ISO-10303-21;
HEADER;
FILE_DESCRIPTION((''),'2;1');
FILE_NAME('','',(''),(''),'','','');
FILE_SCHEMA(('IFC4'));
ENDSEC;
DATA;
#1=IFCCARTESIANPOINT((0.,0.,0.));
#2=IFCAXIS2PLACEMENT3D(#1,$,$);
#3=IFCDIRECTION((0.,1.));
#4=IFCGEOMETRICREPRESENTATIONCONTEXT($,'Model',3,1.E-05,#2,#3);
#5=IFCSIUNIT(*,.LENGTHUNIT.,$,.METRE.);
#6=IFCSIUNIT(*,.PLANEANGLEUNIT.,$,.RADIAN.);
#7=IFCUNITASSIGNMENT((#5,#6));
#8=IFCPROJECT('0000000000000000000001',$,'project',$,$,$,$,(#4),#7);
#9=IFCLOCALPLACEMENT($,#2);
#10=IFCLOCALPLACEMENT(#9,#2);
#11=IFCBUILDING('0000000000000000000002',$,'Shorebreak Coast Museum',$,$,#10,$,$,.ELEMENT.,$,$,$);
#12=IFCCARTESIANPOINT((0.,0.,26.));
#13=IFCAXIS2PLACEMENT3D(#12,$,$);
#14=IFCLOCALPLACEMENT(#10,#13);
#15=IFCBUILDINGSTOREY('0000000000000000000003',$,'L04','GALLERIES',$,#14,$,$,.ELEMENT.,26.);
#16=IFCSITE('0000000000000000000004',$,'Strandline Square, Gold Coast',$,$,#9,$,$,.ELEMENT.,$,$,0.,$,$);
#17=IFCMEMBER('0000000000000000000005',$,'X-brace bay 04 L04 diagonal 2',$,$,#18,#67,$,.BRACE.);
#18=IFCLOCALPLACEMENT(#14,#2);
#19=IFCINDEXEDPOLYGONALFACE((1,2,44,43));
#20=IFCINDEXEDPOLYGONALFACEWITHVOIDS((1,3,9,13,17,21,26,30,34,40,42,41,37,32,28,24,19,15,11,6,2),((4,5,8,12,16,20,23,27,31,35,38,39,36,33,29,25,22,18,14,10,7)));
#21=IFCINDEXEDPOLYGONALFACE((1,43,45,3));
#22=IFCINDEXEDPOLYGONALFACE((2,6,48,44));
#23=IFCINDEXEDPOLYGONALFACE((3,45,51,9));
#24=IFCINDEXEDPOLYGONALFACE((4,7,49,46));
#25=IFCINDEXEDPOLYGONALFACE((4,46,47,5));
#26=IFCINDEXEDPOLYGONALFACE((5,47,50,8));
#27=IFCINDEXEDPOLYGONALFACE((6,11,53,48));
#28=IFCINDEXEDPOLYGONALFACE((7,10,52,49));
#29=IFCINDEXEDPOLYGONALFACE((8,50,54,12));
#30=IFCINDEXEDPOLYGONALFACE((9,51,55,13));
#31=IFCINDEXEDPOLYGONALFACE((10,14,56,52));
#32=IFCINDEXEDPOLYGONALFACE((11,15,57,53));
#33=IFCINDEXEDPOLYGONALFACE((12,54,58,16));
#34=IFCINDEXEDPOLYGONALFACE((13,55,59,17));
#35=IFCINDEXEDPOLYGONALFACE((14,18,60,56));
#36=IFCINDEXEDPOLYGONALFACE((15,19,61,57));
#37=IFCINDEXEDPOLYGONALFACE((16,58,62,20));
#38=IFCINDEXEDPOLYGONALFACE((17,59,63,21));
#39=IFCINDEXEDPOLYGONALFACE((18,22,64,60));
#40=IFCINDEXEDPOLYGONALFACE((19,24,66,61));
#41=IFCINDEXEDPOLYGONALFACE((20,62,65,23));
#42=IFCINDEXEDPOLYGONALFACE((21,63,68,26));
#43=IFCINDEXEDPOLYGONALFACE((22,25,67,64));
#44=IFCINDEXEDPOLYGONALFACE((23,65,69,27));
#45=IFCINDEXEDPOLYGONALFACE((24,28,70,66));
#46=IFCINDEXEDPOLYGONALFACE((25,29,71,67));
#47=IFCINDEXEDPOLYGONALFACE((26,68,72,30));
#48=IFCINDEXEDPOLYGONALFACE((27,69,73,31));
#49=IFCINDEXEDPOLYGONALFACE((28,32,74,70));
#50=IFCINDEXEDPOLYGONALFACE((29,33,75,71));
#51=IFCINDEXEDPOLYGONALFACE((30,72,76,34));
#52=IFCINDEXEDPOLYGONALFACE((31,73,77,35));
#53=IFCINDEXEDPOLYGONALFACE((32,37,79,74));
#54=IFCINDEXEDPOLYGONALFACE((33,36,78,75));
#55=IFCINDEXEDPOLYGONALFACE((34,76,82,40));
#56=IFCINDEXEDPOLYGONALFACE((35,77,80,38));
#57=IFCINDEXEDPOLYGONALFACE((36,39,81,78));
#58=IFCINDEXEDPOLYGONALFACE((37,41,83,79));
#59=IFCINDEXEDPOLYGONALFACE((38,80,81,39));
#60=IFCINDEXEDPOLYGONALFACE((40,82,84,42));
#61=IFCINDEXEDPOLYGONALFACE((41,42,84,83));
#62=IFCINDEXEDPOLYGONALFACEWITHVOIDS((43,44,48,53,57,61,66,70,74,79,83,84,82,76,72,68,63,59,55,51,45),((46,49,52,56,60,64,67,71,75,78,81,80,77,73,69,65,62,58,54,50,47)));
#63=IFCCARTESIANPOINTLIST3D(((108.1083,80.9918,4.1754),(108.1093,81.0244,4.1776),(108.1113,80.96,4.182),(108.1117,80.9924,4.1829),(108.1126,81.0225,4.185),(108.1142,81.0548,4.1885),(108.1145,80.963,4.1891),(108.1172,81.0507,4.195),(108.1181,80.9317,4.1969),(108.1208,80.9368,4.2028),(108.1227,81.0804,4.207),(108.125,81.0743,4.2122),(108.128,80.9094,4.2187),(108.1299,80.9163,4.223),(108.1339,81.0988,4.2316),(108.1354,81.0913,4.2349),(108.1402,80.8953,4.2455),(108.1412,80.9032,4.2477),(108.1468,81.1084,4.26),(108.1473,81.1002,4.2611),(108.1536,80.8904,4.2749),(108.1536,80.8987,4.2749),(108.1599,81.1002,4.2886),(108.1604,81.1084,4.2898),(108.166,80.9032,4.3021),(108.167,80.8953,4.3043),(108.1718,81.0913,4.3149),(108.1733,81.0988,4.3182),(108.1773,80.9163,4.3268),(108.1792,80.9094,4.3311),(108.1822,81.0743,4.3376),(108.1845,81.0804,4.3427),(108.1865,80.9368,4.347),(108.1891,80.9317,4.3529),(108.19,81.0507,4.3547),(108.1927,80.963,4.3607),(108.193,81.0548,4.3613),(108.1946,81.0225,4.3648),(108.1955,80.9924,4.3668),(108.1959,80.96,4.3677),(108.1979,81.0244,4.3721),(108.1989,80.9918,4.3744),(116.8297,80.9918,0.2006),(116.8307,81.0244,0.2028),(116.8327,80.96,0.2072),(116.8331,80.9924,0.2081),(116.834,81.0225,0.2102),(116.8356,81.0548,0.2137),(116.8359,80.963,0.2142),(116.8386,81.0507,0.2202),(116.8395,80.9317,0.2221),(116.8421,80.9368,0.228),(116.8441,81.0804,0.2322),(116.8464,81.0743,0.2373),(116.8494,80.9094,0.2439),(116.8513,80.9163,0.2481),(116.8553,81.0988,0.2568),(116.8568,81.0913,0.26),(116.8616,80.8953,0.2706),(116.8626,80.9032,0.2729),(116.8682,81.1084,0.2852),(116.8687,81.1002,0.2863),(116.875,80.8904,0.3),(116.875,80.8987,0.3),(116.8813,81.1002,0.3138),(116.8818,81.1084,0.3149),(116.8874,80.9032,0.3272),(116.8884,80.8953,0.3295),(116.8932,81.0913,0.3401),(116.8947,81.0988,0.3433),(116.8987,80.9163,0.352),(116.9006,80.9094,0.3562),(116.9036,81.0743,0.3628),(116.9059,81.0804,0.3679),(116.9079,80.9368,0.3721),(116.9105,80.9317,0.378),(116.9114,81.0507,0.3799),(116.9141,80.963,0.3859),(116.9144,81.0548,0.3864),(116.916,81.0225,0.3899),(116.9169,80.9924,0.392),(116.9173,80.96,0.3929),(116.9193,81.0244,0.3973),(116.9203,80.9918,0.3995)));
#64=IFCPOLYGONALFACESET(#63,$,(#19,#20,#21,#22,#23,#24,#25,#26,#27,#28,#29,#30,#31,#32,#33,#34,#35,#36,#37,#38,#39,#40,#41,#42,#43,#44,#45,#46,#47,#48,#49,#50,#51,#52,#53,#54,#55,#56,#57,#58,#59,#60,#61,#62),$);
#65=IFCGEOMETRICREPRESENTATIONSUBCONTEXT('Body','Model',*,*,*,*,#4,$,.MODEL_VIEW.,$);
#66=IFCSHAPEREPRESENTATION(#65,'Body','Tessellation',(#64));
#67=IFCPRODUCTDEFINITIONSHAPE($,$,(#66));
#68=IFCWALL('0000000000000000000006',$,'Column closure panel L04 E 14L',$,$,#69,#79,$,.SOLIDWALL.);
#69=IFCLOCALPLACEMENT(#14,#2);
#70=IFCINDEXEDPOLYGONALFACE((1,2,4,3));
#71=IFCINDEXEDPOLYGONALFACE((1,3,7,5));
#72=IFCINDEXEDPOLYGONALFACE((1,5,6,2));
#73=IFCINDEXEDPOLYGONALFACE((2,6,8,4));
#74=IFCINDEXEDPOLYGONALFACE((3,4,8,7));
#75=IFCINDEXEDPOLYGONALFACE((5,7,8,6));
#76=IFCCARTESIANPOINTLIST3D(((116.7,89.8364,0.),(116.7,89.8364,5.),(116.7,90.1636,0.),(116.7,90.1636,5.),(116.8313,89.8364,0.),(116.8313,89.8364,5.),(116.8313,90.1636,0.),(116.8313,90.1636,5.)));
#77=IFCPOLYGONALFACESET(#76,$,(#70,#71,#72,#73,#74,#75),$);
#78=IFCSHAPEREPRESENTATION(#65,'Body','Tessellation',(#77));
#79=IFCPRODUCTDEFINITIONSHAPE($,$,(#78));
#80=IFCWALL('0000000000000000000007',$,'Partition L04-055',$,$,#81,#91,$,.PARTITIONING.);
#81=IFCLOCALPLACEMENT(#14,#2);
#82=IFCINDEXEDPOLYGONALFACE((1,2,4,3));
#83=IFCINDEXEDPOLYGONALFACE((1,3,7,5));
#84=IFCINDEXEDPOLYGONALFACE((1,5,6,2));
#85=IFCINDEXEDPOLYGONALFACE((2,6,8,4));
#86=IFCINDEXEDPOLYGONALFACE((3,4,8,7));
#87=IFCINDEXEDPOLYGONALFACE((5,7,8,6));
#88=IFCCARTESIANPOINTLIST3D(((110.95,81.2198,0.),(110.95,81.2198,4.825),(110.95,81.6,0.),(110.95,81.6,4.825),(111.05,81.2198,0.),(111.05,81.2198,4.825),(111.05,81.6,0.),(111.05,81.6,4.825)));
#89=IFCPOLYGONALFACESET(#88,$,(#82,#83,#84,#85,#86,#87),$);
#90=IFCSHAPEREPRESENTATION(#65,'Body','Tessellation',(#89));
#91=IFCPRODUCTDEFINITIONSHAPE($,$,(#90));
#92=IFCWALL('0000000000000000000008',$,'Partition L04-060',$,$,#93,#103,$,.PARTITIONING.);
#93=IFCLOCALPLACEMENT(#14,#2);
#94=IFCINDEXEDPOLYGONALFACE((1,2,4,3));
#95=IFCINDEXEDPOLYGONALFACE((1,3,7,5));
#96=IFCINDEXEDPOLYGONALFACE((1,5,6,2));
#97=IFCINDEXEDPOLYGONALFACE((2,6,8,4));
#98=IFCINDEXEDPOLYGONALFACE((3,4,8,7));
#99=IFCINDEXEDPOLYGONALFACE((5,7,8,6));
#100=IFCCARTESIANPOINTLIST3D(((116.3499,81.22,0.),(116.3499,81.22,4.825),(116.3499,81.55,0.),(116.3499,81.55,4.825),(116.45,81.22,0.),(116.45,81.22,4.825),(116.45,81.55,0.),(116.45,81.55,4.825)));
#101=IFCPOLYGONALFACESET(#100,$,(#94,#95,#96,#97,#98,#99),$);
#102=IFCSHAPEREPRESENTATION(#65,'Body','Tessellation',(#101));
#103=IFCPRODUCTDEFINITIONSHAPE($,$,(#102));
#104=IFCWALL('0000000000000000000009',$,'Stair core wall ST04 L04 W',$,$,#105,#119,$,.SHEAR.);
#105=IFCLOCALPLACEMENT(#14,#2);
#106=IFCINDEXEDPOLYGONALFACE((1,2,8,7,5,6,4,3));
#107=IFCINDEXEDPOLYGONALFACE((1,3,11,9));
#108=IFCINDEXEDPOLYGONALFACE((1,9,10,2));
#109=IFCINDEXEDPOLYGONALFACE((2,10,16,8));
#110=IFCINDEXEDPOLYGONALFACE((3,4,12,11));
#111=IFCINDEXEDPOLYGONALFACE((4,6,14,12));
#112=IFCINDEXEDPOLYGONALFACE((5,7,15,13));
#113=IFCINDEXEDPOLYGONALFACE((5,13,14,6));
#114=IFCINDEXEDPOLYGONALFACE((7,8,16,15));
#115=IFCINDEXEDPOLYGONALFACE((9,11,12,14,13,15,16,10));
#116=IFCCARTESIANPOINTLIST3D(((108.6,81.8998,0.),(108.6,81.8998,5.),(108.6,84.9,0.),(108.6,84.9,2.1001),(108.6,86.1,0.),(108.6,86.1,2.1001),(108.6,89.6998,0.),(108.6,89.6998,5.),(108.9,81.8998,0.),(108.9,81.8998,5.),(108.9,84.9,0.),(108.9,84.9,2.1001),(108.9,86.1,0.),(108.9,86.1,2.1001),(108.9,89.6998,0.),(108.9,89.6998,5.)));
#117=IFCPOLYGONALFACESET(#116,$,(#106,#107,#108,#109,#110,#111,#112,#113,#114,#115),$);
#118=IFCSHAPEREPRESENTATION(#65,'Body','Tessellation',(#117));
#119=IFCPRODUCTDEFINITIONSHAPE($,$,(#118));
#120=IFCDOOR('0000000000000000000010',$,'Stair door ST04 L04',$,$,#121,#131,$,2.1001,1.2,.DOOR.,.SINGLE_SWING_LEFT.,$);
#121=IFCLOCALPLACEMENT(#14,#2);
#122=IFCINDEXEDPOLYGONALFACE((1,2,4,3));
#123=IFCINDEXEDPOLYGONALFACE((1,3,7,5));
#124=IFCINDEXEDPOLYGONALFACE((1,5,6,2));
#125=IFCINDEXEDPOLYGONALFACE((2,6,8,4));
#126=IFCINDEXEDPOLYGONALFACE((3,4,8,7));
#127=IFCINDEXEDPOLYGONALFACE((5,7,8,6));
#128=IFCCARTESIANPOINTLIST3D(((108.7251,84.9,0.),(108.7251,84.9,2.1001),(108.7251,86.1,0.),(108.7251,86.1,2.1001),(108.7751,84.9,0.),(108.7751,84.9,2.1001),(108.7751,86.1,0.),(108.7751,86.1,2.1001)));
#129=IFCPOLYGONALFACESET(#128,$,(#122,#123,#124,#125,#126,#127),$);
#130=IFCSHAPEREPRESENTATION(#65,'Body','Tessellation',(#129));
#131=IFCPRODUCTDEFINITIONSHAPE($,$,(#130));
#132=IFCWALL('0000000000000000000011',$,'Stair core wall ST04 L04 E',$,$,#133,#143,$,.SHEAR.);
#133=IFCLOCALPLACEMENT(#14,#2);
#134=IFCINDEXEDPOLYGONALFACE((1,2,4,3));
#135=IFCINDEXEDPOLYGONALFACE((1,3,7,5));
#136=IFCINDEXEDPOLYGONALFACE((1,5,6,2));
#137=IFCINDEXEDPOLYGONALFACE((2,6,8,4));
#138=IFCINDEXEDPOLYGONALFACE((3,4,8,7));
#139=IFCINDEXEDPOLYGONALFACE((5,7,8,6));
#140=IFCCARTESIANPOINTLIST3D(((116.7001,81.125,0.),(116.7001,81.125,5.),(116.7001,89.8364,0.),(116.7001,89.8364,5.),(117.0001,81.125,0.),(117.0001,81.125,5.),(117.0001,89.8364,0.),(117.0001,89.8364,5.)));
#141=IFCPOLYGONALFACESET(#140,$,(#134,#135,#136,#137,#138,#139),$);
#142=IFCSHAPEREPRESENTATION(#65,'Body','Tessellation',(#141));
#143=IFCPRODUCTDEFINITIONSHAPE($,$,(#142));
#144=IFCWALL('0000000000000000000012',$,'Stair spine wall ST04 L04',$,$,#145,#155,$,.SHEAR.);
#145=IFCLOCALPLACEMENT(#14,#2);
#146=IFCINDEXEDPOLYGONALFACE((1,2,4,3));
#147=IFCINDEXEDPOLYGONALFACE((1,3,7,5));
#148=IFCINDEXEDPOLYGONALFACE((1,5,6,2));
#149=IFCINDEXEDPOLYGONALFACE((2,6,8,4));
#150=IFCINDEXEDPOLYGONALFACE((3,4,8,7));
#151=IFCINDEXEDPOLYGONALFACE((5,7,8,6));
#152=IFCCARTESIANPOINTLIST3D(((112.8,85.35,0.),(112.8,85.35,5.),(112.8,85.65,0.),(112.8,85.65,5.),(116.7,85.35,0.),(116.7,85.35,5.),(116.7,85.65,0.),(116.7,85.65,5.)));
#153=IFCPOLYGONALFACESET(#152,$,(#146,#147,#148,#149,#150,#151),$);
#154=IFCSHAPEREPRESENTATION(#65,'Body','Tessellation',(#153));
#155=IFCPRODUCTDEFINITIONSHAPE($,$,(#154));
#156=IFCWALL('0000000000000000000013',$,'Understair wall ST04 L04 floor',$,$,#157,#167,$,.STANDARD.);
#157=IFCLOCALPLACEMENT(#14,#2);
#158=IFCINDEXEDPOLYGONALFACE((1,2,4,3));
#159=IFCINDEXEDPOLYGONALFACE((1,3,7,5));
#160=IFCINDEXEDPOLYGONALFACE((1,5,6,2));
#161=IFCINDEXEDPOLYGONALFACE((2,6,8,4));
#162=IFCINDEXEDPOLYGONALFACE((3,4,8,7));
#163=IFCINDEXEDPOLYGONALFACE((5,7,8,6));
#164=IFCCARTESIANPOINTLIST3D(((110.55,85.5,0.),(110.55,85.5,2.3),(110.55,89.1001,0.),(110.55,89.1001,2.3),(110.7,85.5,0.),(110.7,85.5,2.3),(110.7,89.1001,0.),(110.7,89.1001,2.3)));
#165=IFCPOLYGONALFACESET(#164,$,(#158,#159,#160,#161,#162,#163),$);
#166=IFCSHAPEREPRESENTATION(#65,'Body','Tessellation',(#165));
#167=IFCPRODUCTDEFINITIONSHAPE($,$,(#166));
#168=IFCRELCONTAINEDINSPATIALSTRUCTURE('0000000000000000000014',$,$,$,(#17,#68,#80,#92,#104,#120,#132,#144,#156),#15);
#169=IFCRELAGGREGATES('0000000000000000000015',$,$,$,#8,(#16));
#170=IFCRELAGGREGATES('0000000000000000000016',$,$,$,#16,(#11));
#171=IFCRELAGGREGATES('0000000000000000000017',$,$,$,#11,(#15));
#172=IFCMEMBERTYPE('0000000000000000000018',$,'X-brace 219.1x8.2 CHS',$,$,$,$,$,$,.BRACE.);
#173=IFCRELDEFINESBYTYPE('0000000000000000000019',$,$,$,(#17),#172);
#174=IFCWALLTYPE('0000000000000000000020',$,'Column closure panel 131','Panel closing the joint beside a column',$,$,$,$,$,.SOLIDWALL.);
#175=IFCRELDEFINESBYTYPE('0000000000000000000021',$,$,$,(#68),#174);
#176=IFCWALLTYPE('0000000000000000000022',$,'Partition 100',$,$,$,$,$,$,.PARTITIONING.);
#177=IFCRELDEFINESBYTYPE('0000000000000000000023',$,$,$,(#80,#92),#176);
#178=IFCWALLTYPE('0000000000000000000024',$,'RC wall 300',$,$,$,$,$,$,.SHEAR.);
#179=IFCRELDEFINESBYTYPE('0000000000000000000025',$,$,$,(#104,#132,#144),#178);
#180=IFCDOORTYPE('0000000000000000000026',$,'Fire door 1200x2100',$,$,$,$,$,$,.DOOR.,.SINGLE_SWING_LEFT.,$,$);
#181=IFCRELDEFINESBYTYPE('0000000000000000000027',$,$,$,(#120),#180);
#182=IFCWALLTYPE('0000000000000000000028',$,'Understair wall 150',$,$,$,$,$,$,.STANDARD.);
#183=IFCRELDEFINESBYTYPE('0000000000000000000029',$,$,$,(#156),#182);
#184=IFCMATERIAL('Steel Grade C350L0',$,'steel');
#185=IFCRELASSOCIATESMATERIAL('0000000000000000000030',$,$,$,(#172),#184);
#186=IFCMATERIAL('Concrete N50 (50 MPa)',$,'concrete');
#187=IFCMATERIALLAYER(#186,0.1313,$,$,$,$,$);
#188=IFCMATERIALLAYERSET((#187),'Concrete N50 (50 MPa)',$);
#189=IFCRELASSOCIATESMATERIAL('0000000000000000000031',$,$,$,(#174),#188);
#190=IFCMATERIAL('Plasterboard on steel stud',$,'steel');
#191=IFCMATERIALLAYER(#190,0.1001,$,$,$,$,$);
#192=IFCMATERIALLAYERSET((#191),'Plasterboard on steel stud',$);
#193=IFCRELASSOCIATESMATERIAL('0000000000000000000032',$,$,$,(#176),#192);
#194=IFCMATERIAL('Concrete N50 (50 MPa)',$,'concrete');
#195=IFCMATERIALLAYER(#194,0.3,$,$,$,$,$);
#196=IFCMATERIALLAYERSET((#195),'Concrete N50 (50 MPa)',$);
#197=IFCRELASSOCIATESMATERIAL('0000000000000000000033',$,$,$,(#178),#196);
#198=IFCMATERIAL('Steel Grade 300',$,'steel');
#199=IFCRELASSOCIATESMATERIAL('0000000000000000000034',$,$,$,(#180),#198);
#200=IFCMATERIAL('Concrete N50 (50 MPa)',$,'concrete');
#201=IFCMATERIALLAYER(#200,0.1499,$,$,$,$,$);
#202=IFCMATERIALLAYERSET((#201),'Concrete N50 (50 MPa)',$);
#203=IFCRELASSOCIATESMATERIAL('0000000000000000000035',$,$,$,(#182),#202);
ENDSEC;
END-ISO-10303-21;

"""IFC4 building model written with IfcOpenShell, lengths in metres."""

from ifc_helpers import new_model, si_unit, direction, frame, frame_2d, origin, origin_2d, place, context, subcontext, project, spatial, rectangle, hollow_circle, extrude, material, layer, layer_set, material_profile, profile_set, type_object, element, fill, save


model = new_model("IFC4")

# Units and contexts
model_context = context("Model", 3, precision=1e-05, world=origin(), true_north=direction((0.0, 1.0)))
body_context = subcontext(model_context, "Body", "Model", "MODEL_VIEW")
ifc_project = project(units=[si_unit("LENGTHUNIT", "METRE"), si_unit("PLANEANGLEUNIT", "RADIAN")], contexts=[model_context])

# Site, building, storey
site_placement = place(None, origin())
site = spatial("IfcSite", under=ifc_project, at=site_placement, Name="Strandline Square, Gold Coast", CompositionType="ELEMENT", RefElevation=0.0)
building_placement = place(site_placement, origin())
building = spatial("IfcBuilding", under=site, at=building_placement, Name="Shorebreak Coast Museum", CompositionType="ELEMENT")
storey_placement = place(building_placement, frame((0.0, 0.0, 26.0)))
storey = spatial("IfcBuildingStorey", under=building, at=storey_placement, Name="L04", Description="GALLERIES", CompositionType="ELEMENT", Elevation=26.0)

# Member
ifc_material_1 = material(Name="Steel Grade C350L0", Category="steel")
ifc_material_profile_1 = material_profile(ifc_material_1, hollow_circle(Radius=0.1096, WallThickness=0.0083, at=origin_2d()), Name="219.1x8.2 CHS")
ifc_profile_set_1 = profile_set([ifc_material_profile_1], Name="Steel Grade C350L0")
member_type = type_object("IfcMemberType", Name="X-brace 219.1x8.2 CHS", PredefinedType="BRACE", material=ifc_profile_set_1)
member_1_placement = place(storey_placement, frame((116.875, 81.0, 0.3), z_axis=(-0.909951, 0.0, 0.414716), x_axis=(0.0, -1.0, 0.0)))
element("IfcMember", 1, at=member_1_placement, inside=storey, type_object=member_type, Name="X-brace bay 04 L04 diagonal 2", PredefinedType="BRACE", context=body_context, shape_type="SweptSolid", body=[
    extrude(hollow_circle(Radius=0.1096, WallThickness=0.0083, at=origin_2d()), origin(), (0.0, 0.0, 1.0), 9.5845),
])

# Walls
ifc_material_2 = material(Name="Concrete N50 (50 MPa)", Category="concrete")
ifc_layer_1 = layer(ifc_material_2, 0.1313)
ifc_layer_set_1 = layer_set([ifc_layer_1], Name="Concrete N50 (50 MPa)")
wall_type_1 = type_object("IfcWallType", Name="Column closure panel 131", Description="Panel closing the joint beside a column", PredefinedType="SOLIDWALL", material=ifc_layer_set_1)
wall_1_placement = place(storey_placement, frame((116.7656, 89.8364, 0.0), z_axis=(0.0, 0.0, 1.0), x_axis=(0.0, 1.0, 0.0)))
element("IfcWall", 2, at=wall_1_placement, inside=storey, type_object=wall_type_1, Name="Column closure panel L04 E 14L", PredefinedType="SOLIDWALL", context=body_context, shape_type="SweptSolid", body=[
    extrude(rectangle(XDim=0.3271, YDim=0.1313, at=frame_2d((0.1636, 0.0))), origin(), (0.0, 0.0, 1.0), 5.0),
])
ifc_material_3 = material(Name="Plasterboard on steel stud", Category="steel")
ifc_layer_2 = layer(ifc_material_3, 0.1001)
ifc_layer_set_2 = layer_set([ifc_layer_2], Name="Plasterboard on steel stud")
wall_type_2 = type_object("IfcWallType", Name="Partition 100", PredefinedType="PARTITIONING", material=ifc_layer_set_2)
wall_2_placement = place(storey_placement, frame((111.0, 81.22, 0.0), z_axis=(0.0, 0.0, 1.0), x_axis=(0.0, 1.0, 0.0)))
element("IfcWall", 3, at=wall_2_placement, inside=storey, type_object=wall_type_2, Name="Partition L04-055", PredefinedType="PARTITIONING", context=body_context, shape_type="SweptSolid", body=[
    extrude(rectangle(XDim=0.3801, YDim=0.1001, at=frame_2d((0.1899, 0.0))), origin(), (0.0, 0.0, 1.0), 4.825),
])
wall_3_placement = place(storey_placement, frame((116.3999, 81.22, 0.0), z_axis=(0.0, 0.0, 1.0), x_axis=(0.0, 1.0, 0.0)))
element("IfcWall", 4, at=wall_3_placement, inside=storey, type_object=wall_type_2, Name="Partition L04-060", PredefinedType="PARTITIONING", context=body_context, shape_type="SweptSolid", body=[
    extrude(rectangle(XDim=0.3301, YDim=0.1001, at=frame_2d((0.165, 0.0))), origin(), (0.0, 0.0, 1.0), 4.825),
])

# Wall, opening, door
ifc_material_4 = material(Name="Concrete N50 (50 MPa)", Category="concrete")
ifc_layer_3 = layer(ifc_material_4, 0.3)
ifc_layer_set_3 = layer_set([ifc_layer_3], Name="Concrete N50 (50 MPa)")
wall_type_3 = type_object("IfcWallType", Name="RC wall 300", PredefinedType="SHEAR", material=ifc_layer_set_3)
wall_4_placement = place(storey_placement, frame((108.75, 81.8999, 0.0), z_axis=(0.0, 0.0, 1.0), x_axis=(0.0, 1.0, 0.0)))
wall_4 = element("IfcWall", 5, at=wall_4_placement, inside=storey, type_object=wall_type_3, Name="Stair core wall ST04 L04 W", PredefinedType="SHEAR", context=body_context, shape_type="SweptSolid", body=[
    extrude(rectangle(XDim=7.8, YDim=0.3, at=frame_2d((3.8999, 0.0))), origin(), (0.0, 0.0, 1.0), 5.0),
])
opening_placement = place(wall_4_placement, frame((3.0, 0.0, 0.0)))
opening = element("IfcOpeningElement", 6, at=opening_placement, cuts=wall_4, PredefinedType="OPENING", context=body_context, shape_type="SweptSolid", body=[
    extrude(rectangle(XDim=1.2, YDim=2.1001, at=frame_2d((0.6001, 1.05))), frame((0.0, 0.1599, 0.0), z_axis=(0.0, -1.0, 0.0), x_axis=(1.0, 0.0, 0.0)), (0.0, 0.0, 1.0), 0.3201),
])
ifc_material_5 = material(Name="Steel Grade 300", Category="steel")
door_type = type_object("IfcDoorType", Name="Fire door 1200x2100", OperationType="SINGLE_SWING_LEFT", PredefinedType="DOOR", material=ifc_material_5)
door_placement = place(opening_placement, origin())
door = element("IfcDoor", 7, at=door_placement, inside=storey, type_object=door_type, Name="Stair door ST04 L04", OperationType="SINGLE_SWING_LEFT", OverallHeight=2.1001, OverallWidth=1.2, PredefinedType="DOOR", context=body_context, shape_type="SweptSolid", body=[
    extrude(rectangle(XDim=1.2, YDim=2.1001, at=frame_2d((0.6001, 1.05))), frame((0.0, 0.0249, 0.0), z_axis=(0.0, -1.0, 0.0), x_axis=(1.0, 0.0, 0.0)), (0.0, 0.0, 1.0), 0.05),
])
fill(opening, door)

# Walls
wall_5_placement = place(storey_placement, frame((116.8501, 81.125, 0.0), z_axis=(0.0, 0.0, 1.0), x_axis=(0.0, 1.0, 0.0)))
element("IfcWall", 8, at=wall_5_placement, inside=storey, type_object=wall_type_3, Name="Stair core wall ST04 L04 E", PredefinedType="SHEAR", context=body_context, shape_type="SweptSolid", body=[
    extrude(rectangle(XDim=8.7114, YDim=0.3, at=frame_2d((4.3557, 0.0))), origin(), (0.0, 0.0, 1.0), 5.0),
])
wall_6_placement = place(storey_placement, frame((112.8, 85.5, 0.0), z_axis=(0.0, 0.0, 1.0), x_axis=(1.0, 0.0, 0.0)))
element("IfcWall", 9, at=wall_6_placement, inside=storey, type_object=wall_type_3, Name="Stair spine wall ST04 L04", PredefinedType="SHEAR", context=body_context, shape_type="SweptSolid", body=[
    extrude(rectangle(XDim=3.8999, YDim=0.3, at=frame_2d((1.95, 0.0))), origin(), (0.0, 0.0, 1.0), 5.0),
])
ifc_material_6 = material(Name="Concrete N50 (50 MPa)", Category="concrete")
ifc_layer_4 = layer(ifc_material_6, 0.1499)
ifc_layer_set_4 = layer_set([ifc_layer_4], Name="Concrete N50 (50 MPa)")
wall_type_4 = type_object("IfcWallType", Name="Understair wall 150", PredefinedType="STANDARD", material=ifc_layer_set_4)
wall_7_placement = place(storey_placement, frame((110.625, 85.5, 0.0), z_axis=(0.0, 0.0, 1.0), x_axis=(0.0, 1.0, 0.0)))
element("IfcWall", 10, at=wall_7_placement, inside=storey, type_object=wall_type_4, Name="Understair wall ST04 L04 floor", PredefinedType="STANDARD", context=body_context, shape_type="SweptSolid", body=[
    extrude(rectangle(XDim=3.6001, YDim=0.1499, at=frame_2d((1.8, 0.0))), origin(), (0.0, 0.0, 1.0), 2.3),
])

save(model, "model.ifc")
